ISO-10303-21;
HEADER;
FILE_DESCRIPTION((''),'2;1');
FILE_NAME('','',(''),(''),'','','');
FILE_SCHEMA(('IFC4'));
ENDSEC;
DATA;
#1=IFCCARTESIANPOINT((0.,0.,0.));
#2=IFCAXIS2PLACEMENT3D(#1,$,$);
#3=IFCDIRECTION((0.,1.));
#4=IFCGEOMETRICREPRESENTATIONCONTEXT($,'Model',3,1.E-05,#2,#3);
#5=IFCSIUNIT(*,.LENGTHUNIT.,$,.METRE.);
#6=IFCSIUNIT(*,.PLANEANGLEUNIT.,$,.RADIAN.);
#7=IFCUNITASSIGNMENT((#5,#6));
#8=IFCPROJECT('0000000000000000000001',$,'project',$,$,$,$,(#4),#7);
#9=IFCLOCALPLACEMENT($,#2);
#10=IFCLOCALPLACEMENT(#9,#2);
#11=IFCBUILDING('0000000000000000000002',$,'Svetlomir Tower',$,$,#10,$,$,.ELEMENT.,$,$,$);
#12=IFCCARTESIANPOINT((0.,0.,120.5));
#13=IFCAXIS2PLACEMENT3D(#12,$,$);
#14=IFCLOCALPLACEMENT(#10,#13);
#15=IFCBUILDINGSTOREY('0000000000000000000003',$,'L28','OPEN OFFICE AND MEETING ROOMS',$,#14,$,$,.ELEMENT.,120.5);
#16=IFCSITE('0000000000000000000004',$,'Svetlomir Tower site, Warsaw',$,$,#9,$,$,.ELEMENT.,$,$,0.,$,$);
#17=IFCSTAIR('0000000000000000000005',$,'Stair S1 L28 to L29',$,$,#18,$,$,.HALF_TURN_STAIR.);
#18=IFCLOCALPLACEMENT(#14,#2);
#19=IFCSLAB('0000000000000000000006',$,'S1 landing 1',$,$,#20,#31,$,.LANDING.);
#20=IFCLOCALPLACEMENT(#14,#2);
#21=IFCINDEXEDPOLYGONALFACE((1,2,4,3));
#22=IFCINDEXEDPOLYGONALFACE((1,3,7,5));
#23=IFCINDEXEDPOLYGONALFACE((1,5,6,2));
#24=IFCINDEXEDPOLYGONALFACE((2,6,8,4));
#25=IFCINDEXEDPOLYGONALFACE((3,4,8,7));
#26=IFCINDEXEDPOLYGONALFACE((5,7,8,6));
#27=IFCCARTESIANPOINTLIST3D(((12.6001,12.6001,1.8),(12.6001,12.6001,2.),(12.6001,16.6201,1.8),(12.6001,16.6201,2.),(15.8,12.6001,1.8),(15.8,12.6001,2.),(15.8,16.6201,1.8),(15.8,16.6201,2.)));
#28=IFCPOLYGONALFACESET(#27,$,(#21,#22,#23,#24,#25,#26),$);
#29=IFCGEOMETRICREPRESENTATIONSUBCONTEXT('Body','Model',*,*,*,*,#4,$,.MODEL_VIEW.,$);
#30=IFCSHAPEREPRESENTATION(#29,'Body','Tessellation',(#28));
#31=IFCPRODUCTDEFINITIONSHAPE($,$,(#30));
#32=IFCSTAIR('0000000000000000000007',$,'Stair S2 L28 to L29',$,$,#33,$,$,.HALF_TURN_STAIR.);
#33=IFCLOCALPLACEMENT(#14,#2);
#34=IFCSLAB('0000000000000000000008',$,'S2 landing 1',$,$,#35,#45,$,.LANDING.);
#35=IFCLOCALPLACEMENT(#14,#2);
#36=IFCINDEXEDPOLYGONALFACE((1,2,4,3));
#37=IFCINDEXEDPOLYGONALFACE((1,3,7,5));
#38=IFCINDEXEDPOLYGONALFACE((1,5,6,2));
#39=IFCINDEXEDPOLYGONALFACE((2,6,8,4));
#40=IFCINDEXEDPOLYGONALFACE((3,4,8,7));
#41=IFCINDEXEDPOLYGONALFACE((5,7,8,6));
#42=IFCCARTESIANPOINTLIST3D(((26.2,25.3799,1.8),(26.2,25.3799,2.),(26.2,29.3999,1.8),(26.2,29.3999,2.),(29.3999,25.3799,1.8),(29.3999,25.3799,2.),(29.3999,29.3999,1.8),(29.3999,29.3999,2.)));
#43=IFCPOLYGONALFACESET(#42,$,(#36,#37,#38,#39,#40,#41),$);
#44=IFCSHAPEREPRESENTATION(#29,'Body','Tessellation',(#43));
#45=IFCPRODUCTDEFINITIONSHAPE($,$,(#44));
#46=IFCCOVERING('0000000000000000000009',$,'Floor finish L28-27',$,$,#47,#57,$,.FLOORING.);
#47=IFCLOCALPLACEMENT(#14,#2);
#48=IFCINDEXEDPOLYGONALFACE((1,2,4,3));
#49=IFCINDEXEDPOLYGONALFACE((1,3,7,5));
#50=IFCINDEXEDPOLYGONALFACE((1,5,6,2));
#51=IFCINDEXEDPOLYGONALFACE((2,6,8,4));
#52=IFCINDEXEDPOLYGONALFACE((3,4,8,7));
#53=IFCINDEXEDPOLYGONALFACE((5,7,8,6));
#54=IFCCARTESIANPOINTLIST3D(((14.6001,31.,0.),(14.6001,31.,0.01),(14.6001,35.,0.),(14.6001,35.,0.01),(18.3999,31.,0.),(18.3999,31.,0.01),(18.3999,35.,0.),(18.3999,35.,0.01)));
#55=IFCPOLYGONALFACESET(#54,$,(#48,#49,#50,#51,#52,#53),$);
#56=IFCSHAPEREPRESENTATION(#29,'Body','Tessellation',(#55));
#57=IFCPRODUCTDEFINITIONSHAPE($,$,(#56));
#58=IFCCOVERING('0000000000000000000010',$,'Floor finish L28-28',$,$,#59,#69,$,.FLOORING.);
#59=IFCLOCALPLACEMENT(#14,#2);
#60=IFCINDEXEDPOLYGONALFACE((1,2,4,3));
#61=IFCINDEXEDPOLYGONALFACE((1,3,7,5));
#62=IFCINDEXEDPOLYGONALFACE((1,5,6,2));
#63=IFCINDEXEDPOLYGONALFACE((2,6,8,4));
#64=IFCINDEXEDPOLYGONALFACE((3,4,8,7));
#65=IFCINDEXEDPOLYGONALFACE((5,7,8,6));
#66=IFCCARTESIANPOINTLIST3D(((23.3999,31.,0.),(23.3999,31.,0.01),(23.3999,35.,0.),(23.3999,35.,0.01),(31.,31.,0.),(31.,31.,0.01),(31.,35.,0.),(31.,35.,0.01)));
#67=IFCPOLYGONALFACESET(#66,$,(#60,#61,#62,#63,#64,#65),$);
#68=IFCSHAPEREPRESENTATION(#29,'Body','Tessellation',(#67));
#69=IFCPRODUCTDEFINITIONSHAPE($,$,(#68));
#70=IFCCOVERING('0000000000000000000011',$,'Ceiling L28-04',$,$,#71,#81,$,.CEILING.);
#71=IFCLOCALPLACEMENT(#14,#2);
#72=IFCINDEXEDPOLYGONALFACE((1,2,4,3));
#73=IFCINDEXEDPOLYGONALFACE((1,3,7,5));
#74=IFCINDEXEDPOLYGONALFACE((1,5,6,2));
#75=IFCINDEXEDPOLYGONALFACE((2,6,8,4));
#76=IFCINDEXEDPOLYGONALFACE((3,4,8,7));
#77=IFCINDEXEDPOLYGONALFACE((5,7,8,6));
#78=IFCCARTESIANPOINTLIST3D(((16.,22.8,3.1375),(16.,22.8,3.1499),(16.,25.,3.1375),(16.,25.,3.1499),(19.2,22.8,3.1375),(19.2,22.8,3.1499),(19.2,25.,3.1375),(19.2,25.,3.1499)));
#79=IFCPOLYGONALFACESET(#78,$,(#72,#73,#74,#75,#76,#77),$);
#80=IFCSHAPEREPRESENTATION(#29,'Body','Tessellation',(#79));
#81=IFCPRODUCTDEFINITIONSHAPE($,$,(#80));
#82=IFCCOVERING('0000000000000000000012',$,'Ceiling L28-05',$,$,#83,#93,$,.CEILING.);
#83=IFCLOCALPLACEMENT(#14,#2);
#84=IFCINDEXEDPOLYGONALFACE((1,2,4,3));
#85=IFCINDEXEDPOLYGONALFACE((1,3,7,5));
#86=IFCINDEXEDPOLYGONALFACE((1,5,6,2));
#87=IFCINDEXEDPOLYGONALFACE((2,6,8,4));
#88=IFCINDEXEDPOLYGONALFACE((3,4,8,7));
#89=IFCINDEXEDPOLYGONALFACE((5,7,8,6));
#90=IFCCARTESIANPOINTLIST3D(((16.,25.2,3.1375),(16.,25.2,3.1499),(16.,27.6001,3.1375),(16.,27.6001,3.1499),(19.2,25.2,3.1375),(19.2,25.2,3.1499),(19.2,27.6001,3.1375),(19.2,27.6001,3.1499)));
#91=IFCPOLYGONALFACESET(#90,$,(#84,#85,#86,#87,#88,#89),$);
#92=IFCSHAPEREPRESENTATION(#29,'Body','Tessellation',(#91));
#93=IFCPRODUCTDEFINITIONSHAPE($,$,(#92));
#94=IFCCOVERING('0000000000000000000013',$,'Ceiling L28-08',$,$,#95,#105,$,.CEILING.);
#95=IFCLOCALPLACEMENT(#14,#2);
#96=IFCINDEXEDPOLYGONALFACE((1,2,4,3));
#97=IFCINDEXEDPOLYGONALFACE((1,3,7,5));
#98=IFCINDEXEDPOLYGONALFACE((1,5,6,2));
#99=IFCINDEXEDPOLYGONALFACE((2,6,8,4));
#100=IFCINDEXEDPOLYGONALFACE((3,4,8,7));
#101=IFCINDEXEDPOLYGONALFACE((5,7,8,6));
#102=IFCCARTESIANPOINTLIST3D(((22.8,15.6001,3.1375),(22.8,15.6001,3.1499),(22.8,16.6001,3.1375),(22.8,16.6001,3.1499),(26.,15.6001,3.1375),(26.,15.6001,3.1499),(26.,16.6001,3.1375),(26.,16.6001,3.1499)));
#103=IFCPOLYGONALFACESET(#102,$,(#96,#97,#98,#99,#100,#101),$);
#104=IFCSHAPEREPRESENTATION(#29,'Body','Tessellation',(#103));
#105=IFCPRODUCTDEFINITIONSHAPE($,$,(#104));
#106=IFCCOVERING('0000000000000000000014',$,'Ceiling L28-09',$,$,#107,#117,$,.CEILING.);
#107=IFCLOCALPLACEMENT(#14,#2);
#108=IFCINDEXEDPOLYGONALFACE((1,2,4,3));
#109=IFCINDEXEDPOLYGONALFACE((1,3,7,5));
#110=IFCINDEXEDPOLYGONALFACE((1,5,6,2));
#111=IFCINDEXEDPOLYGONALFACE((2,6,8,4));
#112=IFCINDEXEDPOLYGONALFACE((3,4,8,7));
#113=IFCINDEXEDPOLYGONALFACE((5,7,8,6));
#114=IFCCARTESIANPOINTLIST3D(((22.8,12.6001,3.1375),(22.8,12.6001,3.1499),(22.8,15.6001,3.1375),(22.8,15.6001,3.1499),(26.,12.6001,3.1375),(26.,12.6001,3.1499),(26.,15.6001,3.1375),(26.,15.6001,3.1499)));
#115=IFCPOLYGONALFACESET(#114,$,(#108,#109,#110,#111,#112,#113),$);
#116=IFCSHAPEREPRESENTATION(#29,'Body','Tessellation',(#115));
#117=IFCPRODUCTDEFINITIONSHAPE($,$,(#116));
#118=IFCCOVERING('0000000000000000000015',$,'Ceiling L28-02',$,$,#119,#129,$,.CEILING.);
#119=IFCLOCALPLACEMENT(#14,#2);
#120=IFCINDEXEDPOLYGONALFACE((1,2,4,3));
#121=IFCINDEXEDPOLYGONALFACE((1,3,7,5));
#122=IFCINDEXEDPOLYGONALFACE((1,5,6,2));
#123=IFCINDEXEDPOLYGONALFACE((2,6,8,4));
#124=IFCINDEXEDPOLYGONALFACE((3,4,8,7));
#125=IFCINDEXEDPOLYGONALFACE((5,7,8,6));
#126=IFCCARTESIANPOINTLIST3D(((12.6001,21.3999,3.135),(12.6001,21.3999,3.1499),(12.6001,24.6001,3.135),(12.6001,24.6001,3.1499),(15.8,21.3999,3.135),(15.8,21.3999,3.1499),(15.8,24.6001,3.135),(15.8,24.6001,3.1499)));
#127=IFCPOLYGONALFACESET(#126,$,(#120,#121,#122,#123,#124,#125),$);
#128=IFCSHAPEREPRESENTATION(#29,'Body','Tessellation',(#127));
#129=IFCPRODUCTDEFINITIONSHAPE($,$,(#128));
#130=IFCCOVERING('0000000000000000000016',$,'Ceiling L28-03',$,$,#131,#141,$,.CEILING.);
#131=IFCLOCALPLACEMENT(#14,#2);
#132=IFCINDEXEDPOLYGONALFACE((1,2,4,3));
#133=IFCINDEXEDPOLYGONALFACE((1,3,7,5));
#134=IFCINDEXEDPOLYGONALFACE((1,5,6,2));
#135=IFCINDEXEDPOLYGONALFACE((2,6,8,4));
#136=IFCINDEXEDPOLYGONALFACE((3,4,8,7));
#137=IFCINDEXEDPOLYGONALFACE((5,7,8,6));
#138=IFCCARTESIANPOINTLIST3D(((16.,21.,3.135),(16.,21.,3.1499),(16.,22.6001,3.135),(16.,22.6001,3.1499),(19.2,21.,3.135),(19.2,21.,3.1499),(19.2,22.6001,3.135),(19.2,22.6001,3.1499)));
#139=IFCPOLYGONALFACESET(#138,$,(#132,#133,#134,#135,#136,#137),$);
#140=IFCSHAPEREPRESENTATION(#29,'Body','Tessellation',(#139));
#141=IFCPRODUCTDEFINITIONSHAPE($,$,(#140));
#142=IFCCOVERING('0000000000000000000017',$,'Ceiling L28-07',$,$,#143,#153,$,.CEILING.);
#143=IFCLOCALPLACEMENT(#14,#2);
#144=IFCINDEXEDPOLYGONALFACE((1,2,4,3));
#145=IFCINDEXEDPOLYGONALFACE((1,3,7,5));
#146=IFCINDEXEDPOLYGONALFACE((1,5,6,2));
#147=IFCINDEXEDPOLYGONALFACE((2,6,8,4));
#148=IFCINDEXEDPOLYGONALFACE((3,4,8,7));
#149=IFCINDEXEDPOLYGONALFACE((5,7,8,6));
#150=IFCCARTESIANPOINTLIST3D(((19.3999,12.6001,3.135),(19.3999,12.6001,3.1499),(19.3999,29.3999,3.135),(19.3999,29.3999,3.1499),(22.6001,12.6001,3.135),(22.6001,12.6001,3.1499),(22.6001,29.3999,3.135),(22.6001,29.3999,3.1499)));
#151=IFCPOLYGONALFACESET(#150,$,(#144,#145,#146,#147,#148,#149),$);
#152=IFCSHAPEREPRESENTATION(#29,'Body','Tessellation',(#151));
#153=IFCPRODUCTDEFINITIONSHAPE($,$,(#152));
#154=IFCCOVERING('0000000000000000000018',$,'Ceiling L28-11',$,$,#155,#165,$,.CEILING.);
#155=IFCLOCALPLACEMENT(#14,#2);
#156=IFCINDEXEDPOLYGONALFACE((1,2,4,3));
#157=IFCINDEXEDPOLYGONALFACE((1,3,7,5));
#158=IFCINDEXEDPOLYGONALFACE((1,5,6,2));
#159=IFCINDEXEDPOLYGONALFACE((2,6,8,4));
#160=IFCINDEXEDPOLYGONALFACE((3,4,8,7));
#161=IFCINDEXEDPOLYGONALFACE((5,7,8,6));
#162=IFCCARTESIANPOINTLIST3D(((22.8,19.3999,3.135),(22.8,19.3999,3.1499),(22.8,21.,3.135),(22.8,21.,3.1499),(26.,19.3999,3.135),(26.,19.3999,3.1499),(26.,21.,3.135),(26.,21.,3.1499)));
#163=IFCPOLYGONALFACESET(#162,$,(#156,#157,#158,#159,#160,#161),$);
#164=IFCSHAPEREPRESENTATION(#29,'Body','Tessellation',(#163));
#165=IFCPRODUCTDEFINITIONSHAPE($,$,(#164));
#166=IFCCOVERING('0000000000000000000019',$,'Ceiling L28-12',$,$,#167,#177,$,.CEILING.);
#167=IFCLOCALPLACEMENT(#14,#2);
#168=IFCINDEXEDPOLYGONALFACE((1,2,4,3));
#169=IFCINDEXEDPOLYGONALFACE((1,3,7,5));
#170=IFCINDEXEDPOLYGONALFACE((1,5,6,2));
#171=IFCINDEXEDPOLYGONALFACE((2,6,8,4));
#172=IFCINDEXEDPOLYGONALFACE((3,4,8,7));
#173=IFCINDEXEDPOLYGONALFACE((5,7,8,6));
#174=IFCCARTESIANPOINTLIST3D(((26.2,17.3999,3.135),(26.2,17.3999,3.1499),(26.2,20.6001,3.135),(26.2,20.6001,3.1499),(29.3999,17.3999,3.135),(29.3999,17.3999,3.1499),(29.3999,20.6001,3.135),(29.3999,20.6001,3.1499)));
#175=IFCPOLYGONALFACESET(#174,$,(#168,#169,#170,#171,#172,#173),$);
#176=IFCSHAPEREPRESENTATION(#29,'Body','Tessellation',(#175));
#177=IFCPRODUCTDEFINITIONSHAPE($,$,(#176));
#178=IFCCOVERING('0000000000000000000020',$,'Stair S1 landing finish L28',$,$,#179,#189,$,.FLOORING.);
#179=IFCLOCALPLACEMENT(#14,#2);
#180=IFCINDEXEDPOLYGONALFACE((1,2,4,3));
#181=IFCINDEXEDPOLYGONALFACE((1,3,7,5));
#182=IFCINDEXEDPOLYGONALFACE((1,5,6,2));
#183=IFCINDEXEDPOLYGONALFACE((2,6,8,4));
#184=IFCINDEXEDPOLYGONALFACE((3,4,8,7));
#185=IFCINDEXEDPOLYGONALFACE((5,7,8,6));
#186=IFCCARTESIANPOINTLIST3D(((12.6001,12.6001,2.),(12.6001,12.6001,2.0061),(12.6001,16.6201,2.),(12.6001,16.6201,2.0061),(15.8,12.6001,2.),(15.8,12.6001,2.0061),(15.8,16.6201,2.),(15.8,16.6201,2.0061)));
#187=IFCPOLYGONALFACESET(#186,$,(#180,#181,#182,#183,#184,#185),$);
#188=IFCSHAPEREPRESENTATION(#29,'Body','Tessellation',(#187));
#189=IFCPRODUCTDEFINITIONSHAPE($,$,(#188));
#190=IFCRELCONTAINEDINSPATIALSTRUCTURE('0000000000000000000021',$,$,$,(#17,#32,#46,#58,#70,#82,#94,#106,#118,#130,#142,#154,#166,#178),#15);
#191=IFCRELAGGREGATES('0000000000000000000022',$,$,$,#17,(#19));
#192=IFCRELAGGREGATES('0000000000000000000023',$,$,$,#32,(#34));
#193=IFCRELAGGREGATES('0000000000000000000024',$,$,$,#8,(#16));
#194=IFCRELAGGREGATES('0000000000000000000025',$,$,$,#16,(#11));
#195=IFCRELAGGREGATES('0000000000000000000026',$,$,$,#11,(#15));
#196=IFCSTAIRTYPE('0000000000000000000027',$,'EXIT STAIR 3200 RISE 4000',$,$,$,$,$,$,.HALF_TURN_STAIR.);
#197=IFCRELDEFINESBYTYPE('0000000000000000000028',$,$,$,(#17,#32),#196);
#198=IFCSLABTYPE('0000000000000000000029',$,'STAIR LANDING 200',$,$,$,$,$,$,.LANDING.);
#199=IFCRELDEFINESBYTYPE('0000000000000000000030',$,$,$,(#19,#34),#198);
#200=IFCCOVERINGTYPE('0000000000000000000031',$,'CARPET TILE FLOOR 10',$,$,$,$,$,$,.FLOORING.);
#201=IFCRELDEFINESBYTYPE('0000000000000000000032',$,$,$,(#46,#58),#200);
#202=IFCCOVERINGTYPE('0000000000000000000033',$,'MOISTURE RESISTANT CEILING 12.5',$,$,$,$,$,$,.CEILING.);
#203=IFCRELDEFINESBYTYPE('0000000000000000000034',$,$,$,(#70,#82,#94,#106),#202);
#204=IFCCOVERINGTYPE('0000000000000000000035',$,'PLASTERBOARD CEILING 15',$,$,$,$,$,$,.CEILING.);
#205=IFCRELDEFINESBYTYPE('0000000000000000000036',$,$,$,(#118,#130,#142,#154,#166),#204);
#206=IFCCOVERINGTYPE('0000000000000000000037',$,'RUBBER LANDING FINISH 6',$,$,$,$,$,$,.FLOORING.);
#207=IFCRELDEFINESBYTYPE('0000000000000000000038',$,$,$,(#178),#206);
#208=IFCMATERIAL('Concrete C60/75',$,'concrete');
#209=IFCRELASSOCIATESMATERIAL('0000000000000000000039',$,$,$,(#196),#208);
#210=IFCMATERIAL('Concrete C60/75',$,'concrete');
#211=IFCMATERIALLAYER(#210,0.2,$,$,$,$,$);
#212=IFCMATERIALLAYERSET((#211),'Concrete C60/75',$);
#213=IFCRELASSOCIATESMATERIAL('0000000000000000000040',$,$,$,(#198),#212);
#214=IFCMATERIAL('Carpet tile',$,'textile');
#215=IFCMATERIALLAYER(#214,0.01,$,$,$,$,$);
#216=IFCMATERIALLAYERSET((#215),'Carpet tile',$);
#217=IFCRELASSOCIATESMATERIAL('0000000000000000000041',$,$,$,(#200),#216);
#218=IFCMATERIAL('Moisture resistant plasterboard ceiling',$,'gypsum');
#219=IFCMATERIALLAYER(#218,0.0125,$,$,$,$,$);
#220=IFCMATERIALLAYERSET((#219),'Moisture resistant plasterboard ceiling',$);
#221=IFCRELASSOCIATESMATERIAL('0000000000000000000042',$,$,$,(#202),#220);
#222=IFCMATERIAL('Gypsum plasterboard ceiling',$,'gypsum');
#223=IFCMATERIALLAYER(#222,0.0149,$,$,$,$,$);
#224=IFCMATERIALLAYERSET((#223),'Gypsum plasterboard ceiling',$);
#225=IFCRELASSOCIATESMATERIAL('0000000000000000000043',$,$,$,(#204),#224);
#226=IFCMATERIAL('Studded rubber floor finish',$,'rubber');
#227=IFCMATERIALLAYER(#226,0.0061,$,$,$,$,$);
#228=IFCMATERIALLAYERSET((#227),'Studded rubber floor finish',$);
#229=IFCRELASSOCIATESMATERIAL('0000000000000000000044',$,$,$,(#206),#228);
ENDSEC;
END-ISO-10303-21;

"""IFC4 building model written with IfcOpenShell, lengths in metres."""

from ifc_helpers import new_model, si_unit, direction, frame, origin, place, context, subcontext, project, spatial, polyline, outline, extrude, material, layer, layer_set, type_object, element, aggregate, save


model = new_model("IFC4")

# Units and contexts
model_context = context("Model", 3, precision=1e-05, world=origin(), true_north=direction((0.0, 1.0)))
body_context = subcontext(model_context, "Body", "Model", "MODEL_VIEW")
ifc_project = project(units=[si_unit("LENGTHUNIT", "METRE"), si_unit("PLANEANGLEUNIT", "RADIAN")], contexts=[model_context])

# Site, building, storey
site_placement = place(None, origin())
site = spatial("IfcSite", under=ifc_project, at=site_placement, Name="Svetlomir Tower site, Warsaw", CompositionType="ELEMENT", RefElevation=0.0)
building_placement = place(site_placement, origin())
building = spatial("IfcBuilding", under=site, at=building_placement, Name="Svetlomir Tower", CompositionType="ELEMENT")
storey_placement = place(building_placement, frame((0.0, 0.0, 120.5)))
storey = spatial("IfcBuildingStorey", under=building, at=storey_placement, Name="L28", Description="OPEN OFFICE AND MEETING ROOMS", CompositionType="ELEMENT", Elevation=120.5)

# Stairs, slabs
ifc_material_1 = material(Name="Concrete C60/75", Category="concrete")
stair_type = type_object("IfcStairType", Name="EXIT STAIR 3200 RISE 4000", PredefinedType="HALF_TURN_STAIR", material=ifc_material_1)
stair_1_placement = place(storey_placement, origin())
stair_1 = element("IfcStair", 1, at=stair_1_placement, inside=storey, type_object=stair_type, Name="Stair S1 L28 to L29", PredefinedType="HALF_TURN_STAIR")
ifc_material_2 = material(Name="Concrete C60/75", Category="concrete")
ifc_layer_1 = layer(ifc_material_2, 0.2)
ifc_layer_set_1 = layer_set([ifc_layer_1], Name="Concrete C60/75")
slab_type = type_object("IfcSlabType", Name="STAIR LANDING 200", PredefinedType="LANDING", material=ifc_layer_set_1)
slab_1_placement = place(storey_placement, frame((0.0, 0.0, 1.8)))
slab_1 = element("IfcSlab", 2, at=slab_1_placement, type_object=slab_type, Name="S1 landing 1", PredefinedType="LANDING", context=body_context, shape_type="SweptSolid", body=[
    extrude(outline(polyline([(12.6001, 12.6001), (15.8, 12.6001), (15.8, 16.6201), (12.6001, 16.6201), (12.6001, 12.6001)])), origin(), (0.0, 0.0, 1.0), 0.2),
])
aggregate(stair_1, [slab_1])
stair_2_placement = place(storey_placement, origin())
stair_2 = element("IfcStair", 3, at=stair_2_placement, inside=storey, type_object=stair_type, Name="Stair S2 L28 to L29", PredefinedType="HALF_TURN_STAIR")
slab_2_placement = place(storey_placement, frame((0.0, 0.0, 1.8)))
slab_2 = element("IfcSlab", 4, at=slab_2_placement, type_object=slab_type, Name="S2 landing 1", PredefinedType="LANDING", context=body_context, shape_type="SweptSolid", body=[
    extrude(outline(polyline([(26.2, 25.3799), (29.3999, 25.3799), (29.3999, 29.3999), (26.2, 29.3999), (26.2, 25.3799)])), origin(), (0.0, 0.0, 1.0), 0.2),
])
aggregate(stair_2, [slab_2])

# Coverings
ifc_material_3 = material(Name="Carpet tile", Category="textile")
ifc_layer_2 = layer(ifc_material_3, 0.01)
ifc_layer_set_2 = layer_set([ifc_layer_2], Name="Carpet tile")
covering_type_1 = type_object("IfcCoveringType", Name="CARPET TILE FLOOR 10", PredefinedType="FLOORING", material=ifc_layer_set_2)
covering_1_placement = place(storey_placement, origin())
element("IfcCovering", 5, at=covering_1_placement, inside=storey, type_object=covering_type_1, Name="Floor finish L28-27", PredefinedType="FLOORING", context=body_context, shape_type="SweptSolid", body=[
    extrude(outline(polyline([(14.6001, 31.0), (18.3999, 31.0), (18.3999, 35.0), (14.6001, 35.0), (14.6001, 31.0)])), origin(), (0.0, 0.0, 1.0), 0.01),
])
covering_2_placement = place(storey_placement, origin())
element("IfcCovering", 6, at=covering_2_placement, inside=storey, type_object=covering_type_1, Name="Floor finish L28-28", PredefinedType="FLOORING", context=body_context, shape_type="SweptSolid", body=[
    extrude(outline(polyline([(23.3999, 31.0), (31.0, 31.0), (31.0, 35.0), (23.3999, 35.0), (23.3999, 31.0)])), origin(), (0.0, 0.0, 1.0), 0.01),
])
ifc_material_4 = material(Name="Moisture resistant plasterboard ceiling", Category="gypsum")
ifc_layer_3 = layer(ifc_material_4, 0.0125)
ifc_layer_set_3 = layer_set([ifc_layer_3], Name="Moisture resistant plasterboard ceiling")
covering_type_2 = type_object("IfcCoveringType", Name="MOISTURE RESISTANT CEILING 12.5", PredefinedType="CEILING", material=ifc_layer_set_3)
covering_3_placement = place(storey_placement, frame((0.0, 0.0, 3.1375)))
element("IfcCovering", 7, at=covering_3_placement, inside=storey, type_object=covering_type_2, Name="Ceiling L28-04", PredefinedType="CEILING", context=body_context, shape_type="SweptSolid", body=[
    extrude(outline(polyline([(16.0, 22.8), (19.2, 22.8), (19.2, 25.0), (16.0, 25.0), (16.0, 22.8)])), origin(), (0.0, 0.0, 1.0), 0.0125),
])
covering_4_placement = place(storey_placement, frame((0.0, 0.0, 3.1375)))
element("IfcCovering", 8, at=covering_4_placement, inside=storey, type_object=covering_type_2, Name="Ceiling L28-05", PredefinedType="CEILING", context=body_context, shape_type="SweptSolid", body=[
    extrude(outline(polyline([(16.0, 25.2), (19.2, 25.2), (19.2, 27.6001), (16.0, 27.6001), (16.0, 25.2)])), origin(), (0.0, 0.0, 1.0), 0.0125),
])
covering_5_placement = place(storey_placement, frame((0.0, 0.0, 3.1375)))
element("IfcCovering", 9, at=covering_5_placement, inside=storey, type_object=covering_type_2, Name="Ceiling L28-08", PredefinedType="CEILING", context=body_context, shape_type="SweptSolid", body=[
    extrude(outline(polyline([(22.8, 15.6001), (26.0, 15.6001), (26.0, 16.6001), (22.8, 16.6001), (22.8, 15.6001)])), origin(), (0.0, 0.0, 1.0), 0.0125),
])
covering_6_placement = place(storey_placement, frame((0.0, 0.0, 3.1375)))
element("IfcCovering", 10, at=covering_6_placement, inside=storey, type_object=covering_type_2, Name="Ceiling L28-09", PredefinedType="CEILING", context=body_context, shape_type="SweptSolid", body=[
    extrude(outline(polyline([(22.8, 12.6001), (26.0, 12.6001), (26.0, 15.6001), (22.8, 15.6001), (22.8, 12.6001)])), origin(), (0.0, 0.0, 1.0), 0.0125),
])
ifc_material_5 = material(Name="Gypsum plasterboard ceiling", Category="gypsum")
ifc_layer_4 = layer(ifc_material_5, 0.0149)
ifc_layer_set_4 = layer_set([ifc_layer_4], Name="Gypsum plasterboard ceiling")
covering_type_3 = type_object("IfcCoveringType", Name="PLASTERBOARD CEILING 15", PredefinedType="CEILING", material=ifc_layer_set_4)
covering_7_placement = place(storey_placement, frame((0.0, 0.0, 3.135)))
element("IfcCovering", 11, at=covering_7_placement, inside=storey, type_object=covering_type_3, Name="Ceiling L28-02", PredefinedType="CEILING", context=body_context, shape_type="SweptSolid", body=[
    extrude(outline(polyline([(12.6001, 21.3999), (15.8, 21.3999), (15.8, 24.6001), (12.6001, 24.6001), (12.6001, 21.3999)])), origin(), (0.0, 0.0, 1.0), 0.0149),
])
covering_8_placement = place(storey_placement, frame((0.0, 0.0, 3.135)))
element("IfcCovering", 12, at=covering_8_placement, inside=storey, type_object=covering_type_3, Name="Ceiling L28-03", PredefinedType="CEILING", context=body_context, shape_type="SweptSolid", body=[
    extrude(outline(polyline([(16.0, 21.0), (19.2, 21.0), (19.2, 22.6001), (16.0, 22.6001), (16.0, 21.0)])), origin(), (0.0, 0.0, 1.0), 0.0149),
])
covering_9_placement = place(storey_placement, frame((0.0, 0.0, 3.135)))
element("IfcCovering", 13, at=covering_9_placement, inside=storey, type_object=covering_type_3, Name="Ceiling L28-07", PredefinedType="CEILING", context=body_context, shape_type="SweptSolid", body=[
    extrude(outline(polyline([(19.3999, 12.6001), (22.6001, 12.6001), (22.6001, 29.3999), (19.3999, 29.3999), (19.3999, 12.6001)])), origin(), (0.0, 0.0, 1.0), 0.0149),
])
covering_10_placement = place(storey_placement, frame((0.0, 0.0, 3.135)))
element("IfcCovering", 14, at=covering_10_placement, inside=storey, type_object=covering_type_3, Name="Ceiling L28-11", PredefinedType="CEILING", context=body_context, shape_type="SweptSolid", body=[
    extrude(outline(polyline([(22.8, 19.3999), (26.0, 19.3999), (26.0, 21.0), (22.8, 21.0), (22.8, 19.3999)])), origin(), (0.0, 0.0, 1.0), 0.0149),
])
covering_11_placement = place(storey_placement, frame((0.0, 0.0, 3.135)))
element("IfcCovering", 15, at=covering_11_placement, inside=storey, type_object=covering_type_3, Name="Ceiling L28-12", PredefinedType="CEILING", context=body_context, shape_type="SweptSolid", body=[
    extrude(outline(polyline([(26.2, 17.3999), (29.3999, 17.3999), (29.3999, 20.6001), (26.2, 20.6001), (26.2, 17.3999)])), origin(), (0.0, 0.0, 1.0), 0.0149),
])
ifc_material_6 = material(Name="Studded rubber floor finish", Category="rubber")
ifc_layer_5 = layer(ifc_material_6, 0.0061)
ifc_layer_set_5 = layer_set([ifc_layer_5], Name="Studded rubber floor finish")
covering_type_4 = type_object("IfcCoveringType", Name="RUBBER LANDING FINISH 6", PredefinedType="FLOORING", material=ifc_layer_set_5)
covering_12_placement = place(storey_placement, frame((0.0, 0.0, 2.0)))
element("IfcCovering", 16, at=covering_12_placement, inside=storey, type_object=covering_type_4, Name="Stair S1 landing finish L28", PredefinedType="FLOORING", context=body_context, shape_type="SweptSolid", body=[
    extrude(outline(polyline([(12.6001, 12.6001), (15.8, 12.6001), (15.8, 16.6201), (12.6001, 16.6201), (12.6001, 12.6001)])), origin(), (0.0, 0.0, 1.0), 0.0061),
])

save(model, "model.ifc")
